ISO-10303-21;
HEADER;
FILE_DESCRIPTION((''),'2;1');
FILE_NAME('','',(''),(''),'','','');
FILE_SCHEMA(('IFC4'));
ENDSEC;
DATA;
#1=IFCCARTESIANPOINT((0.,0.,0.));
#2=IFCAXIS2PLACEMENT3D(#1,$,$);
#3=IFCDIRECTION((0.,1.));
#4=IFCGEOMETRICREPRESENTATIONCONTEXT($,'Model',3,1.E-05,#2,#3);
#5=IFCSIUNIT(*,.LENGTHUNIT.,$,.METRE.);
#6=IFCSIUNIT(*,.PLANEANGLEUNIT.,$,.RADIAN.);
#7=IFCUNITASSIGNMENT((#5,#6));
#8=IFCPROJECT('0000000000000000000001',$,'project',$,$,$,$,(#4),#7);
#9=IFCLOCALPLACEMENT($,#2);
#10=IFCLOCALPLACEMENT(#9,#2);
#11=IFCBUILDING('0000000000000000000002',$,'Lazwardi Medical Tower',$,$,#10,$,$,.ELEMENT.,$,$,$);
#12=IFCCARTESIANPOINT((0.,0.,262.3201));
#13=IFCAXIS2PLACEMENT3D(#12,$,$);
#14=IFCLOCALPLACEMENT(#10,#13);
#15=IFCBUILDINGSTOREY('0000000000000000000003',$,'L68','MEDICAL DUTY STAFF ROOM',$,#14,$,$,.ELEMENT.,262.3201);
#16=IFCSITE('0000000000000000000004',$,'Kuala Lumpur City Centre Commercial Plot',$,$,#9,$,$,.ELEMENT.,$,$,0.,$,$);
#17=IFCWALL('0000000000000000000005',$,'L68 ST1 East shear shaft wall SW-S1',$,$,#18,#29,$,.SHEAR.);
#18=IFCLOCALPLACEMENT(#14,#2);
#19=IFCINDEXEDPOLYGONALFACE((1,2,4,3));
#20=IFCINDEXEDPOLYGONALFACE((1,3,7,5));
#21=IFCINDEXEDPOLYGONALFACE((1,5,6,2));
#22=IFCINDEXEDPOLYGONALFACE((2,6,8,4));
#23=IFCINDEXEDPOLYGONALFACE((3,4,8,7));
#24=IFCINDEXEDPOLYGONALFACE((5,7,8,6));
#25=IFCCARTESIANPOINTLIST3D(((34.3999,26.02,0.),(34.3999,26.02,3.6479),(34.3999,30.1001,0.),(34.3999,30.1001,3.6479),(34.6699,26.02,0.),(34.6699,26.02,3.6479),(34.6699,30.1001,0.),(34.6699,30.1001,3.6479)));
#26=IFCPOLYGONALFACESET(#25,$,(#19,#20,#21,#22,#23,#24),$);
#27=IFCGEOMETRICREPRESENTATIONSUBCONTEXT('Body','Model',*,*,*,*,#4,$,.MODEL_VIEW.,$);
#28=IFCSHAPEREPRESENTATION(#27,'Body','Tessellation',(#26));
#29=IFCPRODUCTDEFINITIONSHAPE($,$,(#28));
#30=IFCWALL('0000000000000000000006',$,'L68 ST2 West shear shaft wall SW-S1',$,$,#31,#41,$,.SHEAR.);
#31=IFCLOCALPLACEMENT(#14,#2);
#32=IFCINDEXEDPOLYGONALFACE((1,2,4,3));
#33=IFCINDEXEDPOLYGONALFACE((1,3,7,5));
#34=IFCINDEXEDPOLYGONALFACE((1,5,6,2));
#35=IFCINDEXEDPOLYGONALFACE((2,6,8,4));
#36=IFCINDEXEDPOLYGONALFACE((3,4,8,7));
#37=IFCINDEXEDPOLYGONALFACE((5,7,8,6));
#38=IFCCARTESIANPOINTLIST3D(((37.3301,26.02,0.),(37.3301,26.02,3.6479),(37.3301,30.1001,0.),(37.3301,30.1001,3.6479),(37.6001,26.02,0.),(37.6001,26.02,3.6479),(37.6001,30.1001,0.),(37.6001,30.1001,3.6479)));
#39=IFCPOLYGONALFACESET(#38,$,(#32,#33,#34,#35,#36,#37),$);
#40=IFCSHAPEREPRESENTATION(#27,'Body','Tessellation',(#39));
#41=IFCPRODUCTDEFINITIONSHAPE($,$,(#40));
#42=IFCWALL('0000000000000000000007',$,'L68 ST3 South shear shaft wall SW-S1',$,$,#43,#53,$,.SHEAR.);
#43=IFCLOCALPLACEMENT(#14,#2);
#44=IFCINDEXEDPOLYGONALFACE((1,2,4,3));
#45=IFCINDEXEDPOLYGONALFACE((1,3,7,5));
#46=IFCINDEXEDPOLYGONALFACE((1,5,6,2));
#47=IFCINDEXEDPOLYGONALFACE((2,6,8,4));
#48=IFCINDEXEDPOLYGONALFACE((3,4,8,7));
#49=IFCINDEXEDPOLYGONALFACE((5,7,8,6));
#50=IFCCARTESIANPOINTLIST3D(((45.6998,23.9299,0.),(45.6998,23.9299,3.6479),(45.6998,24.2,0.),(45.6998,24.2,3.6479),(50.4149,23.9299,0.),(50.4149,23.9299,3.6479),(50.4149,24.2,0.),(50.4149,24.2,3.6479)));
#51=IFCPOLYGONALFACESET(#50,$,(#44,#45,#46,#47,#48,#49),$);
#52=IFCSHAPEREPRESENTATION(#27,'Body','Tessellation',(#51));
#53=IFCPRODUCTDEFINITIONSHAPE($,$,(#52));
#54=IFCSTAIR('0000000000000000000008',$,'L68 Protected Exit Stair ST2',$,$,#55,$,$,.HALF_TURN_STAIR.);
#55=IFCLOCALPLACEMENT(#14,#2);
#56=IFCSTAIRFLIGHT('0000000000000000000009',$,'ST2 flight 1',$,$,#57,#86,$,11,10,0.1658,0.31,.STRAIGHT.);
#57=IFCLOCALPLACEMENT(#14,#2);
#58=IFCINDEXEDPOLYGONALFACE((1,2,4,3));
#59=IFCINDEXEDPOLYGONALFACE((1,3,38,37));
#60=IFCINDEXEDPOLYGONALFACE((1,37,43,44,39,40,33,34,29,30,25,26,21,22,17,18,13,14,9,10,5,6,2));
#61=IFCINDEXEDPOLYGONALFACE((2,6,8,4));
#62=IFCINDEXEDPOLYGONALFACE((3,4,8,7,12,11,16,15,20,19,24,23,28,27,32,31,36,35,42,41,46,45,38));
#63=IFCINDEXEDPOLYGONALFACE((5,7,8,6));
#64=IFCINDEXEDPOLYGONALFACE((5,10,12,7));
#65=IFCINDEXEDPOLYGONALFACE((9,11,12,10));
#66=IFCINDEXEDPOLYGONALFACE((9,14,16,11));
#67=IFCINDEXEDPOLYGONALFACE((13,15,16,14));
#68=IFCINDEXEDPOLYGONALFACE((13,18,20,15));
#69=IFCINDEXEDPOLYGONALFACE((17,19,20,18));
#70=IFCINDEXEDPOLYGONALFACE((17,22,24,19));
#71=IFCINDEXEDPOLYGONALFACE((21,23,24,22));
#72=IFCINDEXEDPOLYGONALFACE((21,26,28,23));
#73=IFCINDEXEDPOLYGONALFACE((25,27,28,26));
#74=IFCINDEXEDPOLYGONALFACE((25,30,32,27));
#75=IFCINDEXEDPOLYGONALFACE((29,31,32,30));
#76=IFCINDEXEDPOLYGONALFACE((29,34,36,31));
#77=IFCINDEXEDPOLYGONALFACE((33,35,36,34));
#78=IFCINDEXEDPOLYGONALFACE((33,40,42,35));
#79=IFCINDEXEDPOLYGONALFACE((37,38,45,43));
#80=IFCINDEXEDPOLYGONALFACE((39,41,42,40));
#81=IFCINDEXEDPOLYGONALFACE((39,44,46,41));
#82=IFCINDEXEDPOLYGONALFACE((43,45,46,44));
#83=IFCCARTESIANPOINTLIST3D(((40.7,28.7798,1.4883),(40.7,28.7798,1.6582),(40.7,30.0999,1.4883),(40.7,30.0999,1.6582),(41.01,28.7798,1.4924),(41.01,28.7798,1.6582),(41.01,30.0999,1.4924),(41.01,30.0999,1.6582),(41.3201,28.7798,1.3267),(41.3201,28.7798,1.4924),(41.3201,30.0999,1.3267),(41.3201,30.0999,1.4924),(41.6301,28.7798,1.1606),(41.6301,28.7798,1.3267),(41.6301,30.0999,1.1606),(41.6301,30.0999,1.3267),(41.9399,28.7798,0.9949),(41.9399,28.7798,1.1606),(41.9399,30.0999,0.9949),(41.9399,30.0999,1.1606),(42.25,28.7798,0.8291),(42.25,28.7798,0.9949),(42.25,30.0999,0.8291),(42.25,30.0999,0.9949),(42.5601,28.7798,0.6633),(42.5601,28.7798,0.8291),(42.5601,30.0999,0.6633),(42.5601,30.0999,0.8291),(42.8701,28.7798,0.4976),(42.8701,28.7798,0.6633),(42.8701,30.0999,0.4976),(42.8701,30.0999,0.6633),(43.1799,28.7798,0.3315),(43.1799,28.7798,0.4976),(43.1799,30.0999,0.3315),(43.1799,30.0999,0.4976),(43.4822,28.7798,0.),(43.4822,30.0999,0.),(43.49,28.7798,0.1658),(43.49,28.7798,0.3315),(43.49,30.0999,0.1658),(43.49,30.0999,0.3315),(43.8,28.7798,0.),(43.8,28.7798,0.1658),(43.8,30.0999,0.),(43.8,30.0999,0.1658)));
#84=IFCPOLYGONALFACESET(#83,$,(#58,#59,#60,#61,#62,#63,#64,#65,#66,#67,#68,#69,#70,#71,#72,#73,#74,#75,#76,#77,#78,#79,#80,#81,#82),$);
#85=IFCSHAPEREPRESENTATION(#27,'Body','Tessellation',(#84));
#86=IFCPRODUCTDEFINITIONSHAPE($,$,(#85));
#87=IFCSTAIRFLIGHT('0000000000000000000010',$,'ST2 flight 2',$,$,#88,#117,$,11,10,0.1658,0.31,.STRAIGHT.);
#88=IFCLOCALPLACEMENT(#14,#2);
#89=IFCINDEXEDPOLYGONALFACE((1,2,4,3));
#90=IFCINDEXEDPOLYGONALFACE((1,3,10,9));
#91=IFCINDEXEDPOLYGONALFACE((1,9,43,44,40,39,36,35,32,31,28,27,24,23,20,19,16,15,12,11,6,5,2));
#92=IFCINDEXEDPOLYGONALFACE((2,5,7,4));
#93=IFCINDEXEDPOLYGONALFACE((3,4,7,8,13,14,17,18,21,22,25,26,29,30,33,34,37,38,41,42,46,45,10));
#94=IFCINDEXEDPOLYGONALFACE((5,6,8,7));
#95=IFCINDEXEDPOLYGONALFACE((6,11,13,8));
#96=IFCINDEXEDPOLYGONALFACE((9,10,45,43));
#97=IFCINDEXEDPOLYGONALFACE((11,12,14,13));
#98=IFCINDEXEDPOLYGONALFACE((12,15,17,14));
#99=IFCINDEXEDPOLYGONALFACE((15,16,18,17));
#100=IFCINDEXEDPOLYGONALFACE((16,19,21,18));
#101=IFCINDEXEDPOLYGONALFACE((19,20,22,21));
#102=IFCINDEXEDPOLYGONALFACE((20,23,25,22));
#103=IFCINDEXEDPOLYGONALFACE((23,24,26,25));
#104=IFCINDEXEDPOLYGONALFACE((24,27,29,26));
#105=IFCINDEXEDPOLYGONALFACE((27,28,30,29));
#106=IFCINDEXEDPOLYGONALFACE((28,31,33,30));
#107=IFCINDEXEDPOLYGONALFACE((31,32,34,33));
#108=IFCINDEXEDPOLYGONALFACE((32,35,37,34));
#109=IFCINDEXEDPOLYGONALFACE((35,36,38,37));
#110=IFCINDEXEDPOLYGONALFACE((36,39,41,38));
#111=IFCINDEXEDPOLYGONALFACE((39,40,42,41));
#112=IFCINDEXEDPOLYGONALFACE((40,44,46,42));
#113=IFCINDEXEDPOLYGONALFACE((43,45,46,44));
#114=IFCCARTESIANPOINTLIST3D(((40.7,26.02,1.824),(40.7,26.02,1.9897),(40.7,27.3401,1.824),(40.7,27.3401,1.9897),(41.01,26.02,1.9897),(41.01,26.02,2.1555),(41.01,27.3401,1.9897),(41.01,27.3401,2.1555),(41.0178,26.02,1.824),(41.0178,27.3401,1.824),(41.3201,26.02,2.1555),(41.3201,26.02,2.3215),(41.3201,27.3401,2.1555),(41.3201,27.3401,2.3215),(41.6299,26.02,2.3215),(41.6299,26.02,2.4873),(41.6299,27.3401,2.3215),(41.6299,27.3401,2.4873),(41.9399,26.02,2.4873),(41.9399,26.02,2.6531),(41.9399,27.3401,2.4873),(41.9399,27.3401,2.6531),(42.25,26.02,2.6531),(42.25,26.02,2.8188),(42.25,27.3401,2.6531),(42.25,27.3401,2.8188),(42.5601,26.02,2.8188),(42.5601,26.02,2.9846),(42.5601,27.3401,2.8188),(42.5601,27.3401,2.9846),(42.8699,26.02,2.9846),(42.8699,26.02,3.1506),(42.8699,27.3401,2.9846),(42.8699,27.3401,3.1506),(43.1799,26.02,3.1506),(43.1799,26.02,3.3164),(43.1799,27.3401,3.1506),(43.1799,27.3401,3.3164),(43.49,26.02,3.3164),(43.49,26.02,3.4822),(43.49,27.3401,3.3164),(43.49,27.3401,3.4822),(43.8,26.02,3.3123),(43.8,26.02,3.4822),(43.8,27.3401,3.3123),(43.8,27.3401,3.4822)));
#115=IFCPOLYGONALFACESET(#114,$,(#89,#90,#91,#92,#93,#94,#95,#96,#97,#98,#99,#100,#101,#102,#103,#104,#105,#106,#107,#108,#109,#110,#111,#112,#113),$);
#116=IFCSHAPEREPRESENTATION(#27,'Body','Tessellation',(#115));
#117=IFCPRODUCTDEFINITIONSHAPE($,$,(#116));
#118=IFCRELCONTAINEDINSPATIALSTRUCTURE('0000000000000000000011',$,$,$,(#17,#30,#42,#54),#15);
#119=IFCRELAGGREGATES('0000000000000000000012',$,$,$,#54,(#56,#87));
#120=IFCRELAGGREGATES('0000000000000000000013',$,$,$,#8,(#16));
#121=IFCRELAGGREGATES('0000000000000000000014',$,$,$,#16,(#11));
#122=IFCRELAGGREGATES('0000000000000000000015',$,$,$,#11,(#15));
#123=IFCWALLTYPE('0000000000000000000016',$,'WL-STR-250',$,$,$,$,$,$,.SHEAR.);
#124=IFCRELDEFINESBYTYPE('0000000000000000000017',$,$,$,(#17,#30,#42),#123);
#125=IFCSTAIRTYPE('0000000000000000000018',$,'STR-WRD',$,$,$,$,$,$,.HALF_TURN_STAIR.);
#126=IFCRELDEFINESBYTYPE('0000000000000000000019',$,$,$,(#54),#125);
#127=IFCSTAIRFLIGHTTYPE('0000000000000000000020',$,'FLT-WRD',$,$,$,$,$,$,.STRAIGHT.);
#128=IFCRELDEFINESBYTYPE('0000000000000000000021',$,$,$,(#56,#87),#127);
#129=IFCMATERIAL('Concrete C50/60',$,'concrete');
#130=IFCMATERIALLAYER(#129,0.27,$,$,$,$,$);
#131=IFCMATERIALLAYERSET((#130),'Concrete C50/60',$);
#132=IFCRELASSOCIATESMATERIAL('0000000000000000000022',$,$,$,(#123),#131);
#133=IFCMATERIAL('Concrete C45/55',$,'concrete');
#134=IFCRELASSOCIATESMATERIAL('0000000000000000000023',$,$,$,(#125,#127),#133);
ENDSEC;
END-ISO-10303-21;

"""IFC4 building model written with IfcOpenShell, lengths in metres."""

from ifc_helpers import new_model, si_unit, direction, frame, frame_2d, origin, place, context, subcontext, project, spatial, polyline, rectangle, outline, extrude, material, layer, layer_set, type_object, element, aggregate, save


model = new_model("IFC4")

# Units and contexts
model_context = context("Model", 3, precision=1e-05, world=origin(), true_north=direction((0.0, 1.0)))
body_context = subcontext(model_context, "Body", "Model", "MODEL_VIEW")
ifc_project = project(units=[si_unit("LENGTHUNIT", "METRE"), si_unit("PLANEANGLEUNIT", "RADIAN")], contexts=[model_context])

# Site, building, storey
site_placement = place(None, origin())
site = spatial("IfcSite", under=ifc_project, at=site_placement, Name="Kuala Lumpur City Centre Commercial Plot", CompositionType="ELEMENT", RefElevation=0.0)
building_placement = place(site_placement, origin())
building = spatial("IfcBuilding", under=site, at=building_placement, Name="Lazwardi Medical Tower", CompositionType="ELEMENT")
storey_placement = place(building_placement, frame((0.0, 0.0, 262.3201)))
storey = spatial("IfcBuildingStorey", under=building, at=storey_placement, Name="L68", Description="MEDICAL DUTY STAFF ROOM", CompositionType="ELEMENT", Elevation=262.3201)

# Walls
ifc_material_1 = material(Name="Concrete C50/60", Category="concrete")
ifc_layer_1 = layer(ifc_material_1, 0.27)
ifc_layer_set_1 = layer_set([ifc_layer_1], Name="Concrete C50/60")
wall_type_1 = type_object("IfcWallType", Name="WL-STR-250", PredefinedType="SHEAR", material=ifc_layer_set_1)
for number, where, z_axis, x_axis, name in (
    (1, (34.5349, 26.02, 0.0), (0.0, 0.0, 1.0), (0.0, 1.0, 0.0), "L68 ST1 East shear shaft wall SW-S1"),
    (2, (37.4651, 26.02, 0.0), (0.0, 0.0, 1.0), (0.0, 1.0, 0.0), "L68 ST2 West shear shaft wall SW-S1"),
):
    element("IfcWall", number, at=place(storey_placement, frame(where, z_axis=z_axis, x_axis=x_axis)), inside=storey, type_object=wall_type_1, Name=name, PredefinedType="SHEAR", context=body_context, shape_type="SweptSolid", body=[
        extrude(rectangle(XDim=4.0801, YDim=0.27, at=frame_2d((2.04, 0.0))), origin(), (0.0, 0.0, 1.0), 3.6479),
    ])
wall_1_placement = place(storey_placement, frame((45.7, 24.0649, 0.0), z_axis=(0.0, 0.0, 1.0), x_axis=(1.0, 0.0, 0.0)))
element("IfcWall", 3, at=wall_1_placement, inside=storey, type_object=wall_type_1, Name="L68 ST3 South shear shaft wall SW-S1", PredefinedType="SHEAR", context=body_context, shape_type="SweptSolid", body=[
    extrude(rectangle(XDim=4.7151, YDim=0.27, at=frame_2d((2.3574, 0.0))), origin(), (0.0, 0.0, 1.0), 3.6479),
])

# Stair, stair flights
ifc_material_2 = material(Name="Concrete C45/55", Category="concrete")
stair_type = type_object("IfcStairType", Name="STR-WRD", PredefinedType="HALF_TURN_STAIR", material=ifc_material_2)
stair_placement = place(storey_placement, origin())
stair = element("IfcStair", 4, at=stair_placement, inside=storey, type_object=stair_type, Name="L68 Protected Exit Stair ST2", PredefinedType="HALF_TURN_STAIR")
stair_flight_type = type_object("IfcStairFlightType", Name="FLT-WRD", PredefinedType="STRAIGHT", material=ifc_material_2)
stair_flight_1_placement = place(storey_placement, frame((43.8, 29.4399, 0.0), z_axis=(0.0, 0.0, 1.0), x_axis=(-1.0, 0.0, 0.0)))
stair_flight_1 = element("IfcStairFlight", 5, at=stair_flight_1_placement, type_object=stair_flight_type, Name="ST2 flight 1", NumberOfRisers=11, NumberOfTreads=10, PredefinedType="STRAIGHT", RiserHeight=0.1658, TreadLength=0.31, context=body_context, shape_type="SweptSolid", body=[
    extrude(outline(polyline([(0.0, 0.0), (0.0, 0.1658), (0.3101, 0.1658), (0.3101, 0.3315), (0.6201, 0.3315), (0.6201, 0.4976), (0.9299, 0.4976), (0.9299, 0.6633), (1.24, 0.6633), (1.24, 0.8291), (1.55, 0.8291), (1.55, 0.9949), (1.8601, 0.9949), (1.8601, 1.1606), (2.1699, 1.1606), (2.1699, 1.3267), (2.48, 1.3267), (2.48, 1.4924), (2.79, 1.4924), (2.79, 1.6582), (3.1001, 1.6582), (3.1001, 1.824), (3.1001, 1.4883), (0.3179, 0.0), (0.0, 0.0)])), frame((0.0, 0.6602, 0.0), z_axis=(0.0, -1.0, 0.0), x_axis=(1.0, 0.0, 0.0)), (0.0, 0.0, 1.0), 1.3201),
])
stair_flight_2_placement = place(storey_placement, frame((40.7, 26.6799, 1.824), z_axis=(0.0, 0.0, 1.0), x_axis=(1.0, 0.0, 0.0)))
stair_flight_2 = element("IfcStairFlight", 6, at=stair_flight_2_placement, type_object=stair_flight_type, Name="ST2 flight 2", NumberOfRisers=11, NumberOfTreads=10, PredefinedType="STRAIGHT", RiserHeight=0.1658, TreadLength=0.31, context=body_context, shape_type="SweptSolid", body=[
    extrude(outline(polyline([(0.0, 0.0), (0.0, 0.1658), (0.3101, 0.1658), (0.3101, 0.3315), (0.6201, 0.3315), (0.6201, 0.4976), (0.9299, 0.4976), (0.9299, 0.6633), (1.24, 0.6633), (1.24, 0.8291), (1.55, 0.8291), (1.55, 0.9949), (1.8601, 0.9949), (1.8601, 1.1606), (2.1699, 1.1606), (2.1699, 1.3267), (2.48, 1.3267), (2.48, 1.4924), (2.79, 1.4924), (2.79, 1.6582), (3.1001, 1.6582), (3.1001, 1.824), (3.1001, 1.4883), (0.3179, 0.0), (0.0, 0.0)])), frame((0.0, 0.6602, 0.0), z_axis=(0.0, -1.0, 0.0), x_axis=(1.0, 0.0, 0.0)), (0.0, 0.0, 1.0), 1.3201),
])
aggregate(stair, [stair_flight_1, stair_flight_2])

save(model, "model.ifc")
